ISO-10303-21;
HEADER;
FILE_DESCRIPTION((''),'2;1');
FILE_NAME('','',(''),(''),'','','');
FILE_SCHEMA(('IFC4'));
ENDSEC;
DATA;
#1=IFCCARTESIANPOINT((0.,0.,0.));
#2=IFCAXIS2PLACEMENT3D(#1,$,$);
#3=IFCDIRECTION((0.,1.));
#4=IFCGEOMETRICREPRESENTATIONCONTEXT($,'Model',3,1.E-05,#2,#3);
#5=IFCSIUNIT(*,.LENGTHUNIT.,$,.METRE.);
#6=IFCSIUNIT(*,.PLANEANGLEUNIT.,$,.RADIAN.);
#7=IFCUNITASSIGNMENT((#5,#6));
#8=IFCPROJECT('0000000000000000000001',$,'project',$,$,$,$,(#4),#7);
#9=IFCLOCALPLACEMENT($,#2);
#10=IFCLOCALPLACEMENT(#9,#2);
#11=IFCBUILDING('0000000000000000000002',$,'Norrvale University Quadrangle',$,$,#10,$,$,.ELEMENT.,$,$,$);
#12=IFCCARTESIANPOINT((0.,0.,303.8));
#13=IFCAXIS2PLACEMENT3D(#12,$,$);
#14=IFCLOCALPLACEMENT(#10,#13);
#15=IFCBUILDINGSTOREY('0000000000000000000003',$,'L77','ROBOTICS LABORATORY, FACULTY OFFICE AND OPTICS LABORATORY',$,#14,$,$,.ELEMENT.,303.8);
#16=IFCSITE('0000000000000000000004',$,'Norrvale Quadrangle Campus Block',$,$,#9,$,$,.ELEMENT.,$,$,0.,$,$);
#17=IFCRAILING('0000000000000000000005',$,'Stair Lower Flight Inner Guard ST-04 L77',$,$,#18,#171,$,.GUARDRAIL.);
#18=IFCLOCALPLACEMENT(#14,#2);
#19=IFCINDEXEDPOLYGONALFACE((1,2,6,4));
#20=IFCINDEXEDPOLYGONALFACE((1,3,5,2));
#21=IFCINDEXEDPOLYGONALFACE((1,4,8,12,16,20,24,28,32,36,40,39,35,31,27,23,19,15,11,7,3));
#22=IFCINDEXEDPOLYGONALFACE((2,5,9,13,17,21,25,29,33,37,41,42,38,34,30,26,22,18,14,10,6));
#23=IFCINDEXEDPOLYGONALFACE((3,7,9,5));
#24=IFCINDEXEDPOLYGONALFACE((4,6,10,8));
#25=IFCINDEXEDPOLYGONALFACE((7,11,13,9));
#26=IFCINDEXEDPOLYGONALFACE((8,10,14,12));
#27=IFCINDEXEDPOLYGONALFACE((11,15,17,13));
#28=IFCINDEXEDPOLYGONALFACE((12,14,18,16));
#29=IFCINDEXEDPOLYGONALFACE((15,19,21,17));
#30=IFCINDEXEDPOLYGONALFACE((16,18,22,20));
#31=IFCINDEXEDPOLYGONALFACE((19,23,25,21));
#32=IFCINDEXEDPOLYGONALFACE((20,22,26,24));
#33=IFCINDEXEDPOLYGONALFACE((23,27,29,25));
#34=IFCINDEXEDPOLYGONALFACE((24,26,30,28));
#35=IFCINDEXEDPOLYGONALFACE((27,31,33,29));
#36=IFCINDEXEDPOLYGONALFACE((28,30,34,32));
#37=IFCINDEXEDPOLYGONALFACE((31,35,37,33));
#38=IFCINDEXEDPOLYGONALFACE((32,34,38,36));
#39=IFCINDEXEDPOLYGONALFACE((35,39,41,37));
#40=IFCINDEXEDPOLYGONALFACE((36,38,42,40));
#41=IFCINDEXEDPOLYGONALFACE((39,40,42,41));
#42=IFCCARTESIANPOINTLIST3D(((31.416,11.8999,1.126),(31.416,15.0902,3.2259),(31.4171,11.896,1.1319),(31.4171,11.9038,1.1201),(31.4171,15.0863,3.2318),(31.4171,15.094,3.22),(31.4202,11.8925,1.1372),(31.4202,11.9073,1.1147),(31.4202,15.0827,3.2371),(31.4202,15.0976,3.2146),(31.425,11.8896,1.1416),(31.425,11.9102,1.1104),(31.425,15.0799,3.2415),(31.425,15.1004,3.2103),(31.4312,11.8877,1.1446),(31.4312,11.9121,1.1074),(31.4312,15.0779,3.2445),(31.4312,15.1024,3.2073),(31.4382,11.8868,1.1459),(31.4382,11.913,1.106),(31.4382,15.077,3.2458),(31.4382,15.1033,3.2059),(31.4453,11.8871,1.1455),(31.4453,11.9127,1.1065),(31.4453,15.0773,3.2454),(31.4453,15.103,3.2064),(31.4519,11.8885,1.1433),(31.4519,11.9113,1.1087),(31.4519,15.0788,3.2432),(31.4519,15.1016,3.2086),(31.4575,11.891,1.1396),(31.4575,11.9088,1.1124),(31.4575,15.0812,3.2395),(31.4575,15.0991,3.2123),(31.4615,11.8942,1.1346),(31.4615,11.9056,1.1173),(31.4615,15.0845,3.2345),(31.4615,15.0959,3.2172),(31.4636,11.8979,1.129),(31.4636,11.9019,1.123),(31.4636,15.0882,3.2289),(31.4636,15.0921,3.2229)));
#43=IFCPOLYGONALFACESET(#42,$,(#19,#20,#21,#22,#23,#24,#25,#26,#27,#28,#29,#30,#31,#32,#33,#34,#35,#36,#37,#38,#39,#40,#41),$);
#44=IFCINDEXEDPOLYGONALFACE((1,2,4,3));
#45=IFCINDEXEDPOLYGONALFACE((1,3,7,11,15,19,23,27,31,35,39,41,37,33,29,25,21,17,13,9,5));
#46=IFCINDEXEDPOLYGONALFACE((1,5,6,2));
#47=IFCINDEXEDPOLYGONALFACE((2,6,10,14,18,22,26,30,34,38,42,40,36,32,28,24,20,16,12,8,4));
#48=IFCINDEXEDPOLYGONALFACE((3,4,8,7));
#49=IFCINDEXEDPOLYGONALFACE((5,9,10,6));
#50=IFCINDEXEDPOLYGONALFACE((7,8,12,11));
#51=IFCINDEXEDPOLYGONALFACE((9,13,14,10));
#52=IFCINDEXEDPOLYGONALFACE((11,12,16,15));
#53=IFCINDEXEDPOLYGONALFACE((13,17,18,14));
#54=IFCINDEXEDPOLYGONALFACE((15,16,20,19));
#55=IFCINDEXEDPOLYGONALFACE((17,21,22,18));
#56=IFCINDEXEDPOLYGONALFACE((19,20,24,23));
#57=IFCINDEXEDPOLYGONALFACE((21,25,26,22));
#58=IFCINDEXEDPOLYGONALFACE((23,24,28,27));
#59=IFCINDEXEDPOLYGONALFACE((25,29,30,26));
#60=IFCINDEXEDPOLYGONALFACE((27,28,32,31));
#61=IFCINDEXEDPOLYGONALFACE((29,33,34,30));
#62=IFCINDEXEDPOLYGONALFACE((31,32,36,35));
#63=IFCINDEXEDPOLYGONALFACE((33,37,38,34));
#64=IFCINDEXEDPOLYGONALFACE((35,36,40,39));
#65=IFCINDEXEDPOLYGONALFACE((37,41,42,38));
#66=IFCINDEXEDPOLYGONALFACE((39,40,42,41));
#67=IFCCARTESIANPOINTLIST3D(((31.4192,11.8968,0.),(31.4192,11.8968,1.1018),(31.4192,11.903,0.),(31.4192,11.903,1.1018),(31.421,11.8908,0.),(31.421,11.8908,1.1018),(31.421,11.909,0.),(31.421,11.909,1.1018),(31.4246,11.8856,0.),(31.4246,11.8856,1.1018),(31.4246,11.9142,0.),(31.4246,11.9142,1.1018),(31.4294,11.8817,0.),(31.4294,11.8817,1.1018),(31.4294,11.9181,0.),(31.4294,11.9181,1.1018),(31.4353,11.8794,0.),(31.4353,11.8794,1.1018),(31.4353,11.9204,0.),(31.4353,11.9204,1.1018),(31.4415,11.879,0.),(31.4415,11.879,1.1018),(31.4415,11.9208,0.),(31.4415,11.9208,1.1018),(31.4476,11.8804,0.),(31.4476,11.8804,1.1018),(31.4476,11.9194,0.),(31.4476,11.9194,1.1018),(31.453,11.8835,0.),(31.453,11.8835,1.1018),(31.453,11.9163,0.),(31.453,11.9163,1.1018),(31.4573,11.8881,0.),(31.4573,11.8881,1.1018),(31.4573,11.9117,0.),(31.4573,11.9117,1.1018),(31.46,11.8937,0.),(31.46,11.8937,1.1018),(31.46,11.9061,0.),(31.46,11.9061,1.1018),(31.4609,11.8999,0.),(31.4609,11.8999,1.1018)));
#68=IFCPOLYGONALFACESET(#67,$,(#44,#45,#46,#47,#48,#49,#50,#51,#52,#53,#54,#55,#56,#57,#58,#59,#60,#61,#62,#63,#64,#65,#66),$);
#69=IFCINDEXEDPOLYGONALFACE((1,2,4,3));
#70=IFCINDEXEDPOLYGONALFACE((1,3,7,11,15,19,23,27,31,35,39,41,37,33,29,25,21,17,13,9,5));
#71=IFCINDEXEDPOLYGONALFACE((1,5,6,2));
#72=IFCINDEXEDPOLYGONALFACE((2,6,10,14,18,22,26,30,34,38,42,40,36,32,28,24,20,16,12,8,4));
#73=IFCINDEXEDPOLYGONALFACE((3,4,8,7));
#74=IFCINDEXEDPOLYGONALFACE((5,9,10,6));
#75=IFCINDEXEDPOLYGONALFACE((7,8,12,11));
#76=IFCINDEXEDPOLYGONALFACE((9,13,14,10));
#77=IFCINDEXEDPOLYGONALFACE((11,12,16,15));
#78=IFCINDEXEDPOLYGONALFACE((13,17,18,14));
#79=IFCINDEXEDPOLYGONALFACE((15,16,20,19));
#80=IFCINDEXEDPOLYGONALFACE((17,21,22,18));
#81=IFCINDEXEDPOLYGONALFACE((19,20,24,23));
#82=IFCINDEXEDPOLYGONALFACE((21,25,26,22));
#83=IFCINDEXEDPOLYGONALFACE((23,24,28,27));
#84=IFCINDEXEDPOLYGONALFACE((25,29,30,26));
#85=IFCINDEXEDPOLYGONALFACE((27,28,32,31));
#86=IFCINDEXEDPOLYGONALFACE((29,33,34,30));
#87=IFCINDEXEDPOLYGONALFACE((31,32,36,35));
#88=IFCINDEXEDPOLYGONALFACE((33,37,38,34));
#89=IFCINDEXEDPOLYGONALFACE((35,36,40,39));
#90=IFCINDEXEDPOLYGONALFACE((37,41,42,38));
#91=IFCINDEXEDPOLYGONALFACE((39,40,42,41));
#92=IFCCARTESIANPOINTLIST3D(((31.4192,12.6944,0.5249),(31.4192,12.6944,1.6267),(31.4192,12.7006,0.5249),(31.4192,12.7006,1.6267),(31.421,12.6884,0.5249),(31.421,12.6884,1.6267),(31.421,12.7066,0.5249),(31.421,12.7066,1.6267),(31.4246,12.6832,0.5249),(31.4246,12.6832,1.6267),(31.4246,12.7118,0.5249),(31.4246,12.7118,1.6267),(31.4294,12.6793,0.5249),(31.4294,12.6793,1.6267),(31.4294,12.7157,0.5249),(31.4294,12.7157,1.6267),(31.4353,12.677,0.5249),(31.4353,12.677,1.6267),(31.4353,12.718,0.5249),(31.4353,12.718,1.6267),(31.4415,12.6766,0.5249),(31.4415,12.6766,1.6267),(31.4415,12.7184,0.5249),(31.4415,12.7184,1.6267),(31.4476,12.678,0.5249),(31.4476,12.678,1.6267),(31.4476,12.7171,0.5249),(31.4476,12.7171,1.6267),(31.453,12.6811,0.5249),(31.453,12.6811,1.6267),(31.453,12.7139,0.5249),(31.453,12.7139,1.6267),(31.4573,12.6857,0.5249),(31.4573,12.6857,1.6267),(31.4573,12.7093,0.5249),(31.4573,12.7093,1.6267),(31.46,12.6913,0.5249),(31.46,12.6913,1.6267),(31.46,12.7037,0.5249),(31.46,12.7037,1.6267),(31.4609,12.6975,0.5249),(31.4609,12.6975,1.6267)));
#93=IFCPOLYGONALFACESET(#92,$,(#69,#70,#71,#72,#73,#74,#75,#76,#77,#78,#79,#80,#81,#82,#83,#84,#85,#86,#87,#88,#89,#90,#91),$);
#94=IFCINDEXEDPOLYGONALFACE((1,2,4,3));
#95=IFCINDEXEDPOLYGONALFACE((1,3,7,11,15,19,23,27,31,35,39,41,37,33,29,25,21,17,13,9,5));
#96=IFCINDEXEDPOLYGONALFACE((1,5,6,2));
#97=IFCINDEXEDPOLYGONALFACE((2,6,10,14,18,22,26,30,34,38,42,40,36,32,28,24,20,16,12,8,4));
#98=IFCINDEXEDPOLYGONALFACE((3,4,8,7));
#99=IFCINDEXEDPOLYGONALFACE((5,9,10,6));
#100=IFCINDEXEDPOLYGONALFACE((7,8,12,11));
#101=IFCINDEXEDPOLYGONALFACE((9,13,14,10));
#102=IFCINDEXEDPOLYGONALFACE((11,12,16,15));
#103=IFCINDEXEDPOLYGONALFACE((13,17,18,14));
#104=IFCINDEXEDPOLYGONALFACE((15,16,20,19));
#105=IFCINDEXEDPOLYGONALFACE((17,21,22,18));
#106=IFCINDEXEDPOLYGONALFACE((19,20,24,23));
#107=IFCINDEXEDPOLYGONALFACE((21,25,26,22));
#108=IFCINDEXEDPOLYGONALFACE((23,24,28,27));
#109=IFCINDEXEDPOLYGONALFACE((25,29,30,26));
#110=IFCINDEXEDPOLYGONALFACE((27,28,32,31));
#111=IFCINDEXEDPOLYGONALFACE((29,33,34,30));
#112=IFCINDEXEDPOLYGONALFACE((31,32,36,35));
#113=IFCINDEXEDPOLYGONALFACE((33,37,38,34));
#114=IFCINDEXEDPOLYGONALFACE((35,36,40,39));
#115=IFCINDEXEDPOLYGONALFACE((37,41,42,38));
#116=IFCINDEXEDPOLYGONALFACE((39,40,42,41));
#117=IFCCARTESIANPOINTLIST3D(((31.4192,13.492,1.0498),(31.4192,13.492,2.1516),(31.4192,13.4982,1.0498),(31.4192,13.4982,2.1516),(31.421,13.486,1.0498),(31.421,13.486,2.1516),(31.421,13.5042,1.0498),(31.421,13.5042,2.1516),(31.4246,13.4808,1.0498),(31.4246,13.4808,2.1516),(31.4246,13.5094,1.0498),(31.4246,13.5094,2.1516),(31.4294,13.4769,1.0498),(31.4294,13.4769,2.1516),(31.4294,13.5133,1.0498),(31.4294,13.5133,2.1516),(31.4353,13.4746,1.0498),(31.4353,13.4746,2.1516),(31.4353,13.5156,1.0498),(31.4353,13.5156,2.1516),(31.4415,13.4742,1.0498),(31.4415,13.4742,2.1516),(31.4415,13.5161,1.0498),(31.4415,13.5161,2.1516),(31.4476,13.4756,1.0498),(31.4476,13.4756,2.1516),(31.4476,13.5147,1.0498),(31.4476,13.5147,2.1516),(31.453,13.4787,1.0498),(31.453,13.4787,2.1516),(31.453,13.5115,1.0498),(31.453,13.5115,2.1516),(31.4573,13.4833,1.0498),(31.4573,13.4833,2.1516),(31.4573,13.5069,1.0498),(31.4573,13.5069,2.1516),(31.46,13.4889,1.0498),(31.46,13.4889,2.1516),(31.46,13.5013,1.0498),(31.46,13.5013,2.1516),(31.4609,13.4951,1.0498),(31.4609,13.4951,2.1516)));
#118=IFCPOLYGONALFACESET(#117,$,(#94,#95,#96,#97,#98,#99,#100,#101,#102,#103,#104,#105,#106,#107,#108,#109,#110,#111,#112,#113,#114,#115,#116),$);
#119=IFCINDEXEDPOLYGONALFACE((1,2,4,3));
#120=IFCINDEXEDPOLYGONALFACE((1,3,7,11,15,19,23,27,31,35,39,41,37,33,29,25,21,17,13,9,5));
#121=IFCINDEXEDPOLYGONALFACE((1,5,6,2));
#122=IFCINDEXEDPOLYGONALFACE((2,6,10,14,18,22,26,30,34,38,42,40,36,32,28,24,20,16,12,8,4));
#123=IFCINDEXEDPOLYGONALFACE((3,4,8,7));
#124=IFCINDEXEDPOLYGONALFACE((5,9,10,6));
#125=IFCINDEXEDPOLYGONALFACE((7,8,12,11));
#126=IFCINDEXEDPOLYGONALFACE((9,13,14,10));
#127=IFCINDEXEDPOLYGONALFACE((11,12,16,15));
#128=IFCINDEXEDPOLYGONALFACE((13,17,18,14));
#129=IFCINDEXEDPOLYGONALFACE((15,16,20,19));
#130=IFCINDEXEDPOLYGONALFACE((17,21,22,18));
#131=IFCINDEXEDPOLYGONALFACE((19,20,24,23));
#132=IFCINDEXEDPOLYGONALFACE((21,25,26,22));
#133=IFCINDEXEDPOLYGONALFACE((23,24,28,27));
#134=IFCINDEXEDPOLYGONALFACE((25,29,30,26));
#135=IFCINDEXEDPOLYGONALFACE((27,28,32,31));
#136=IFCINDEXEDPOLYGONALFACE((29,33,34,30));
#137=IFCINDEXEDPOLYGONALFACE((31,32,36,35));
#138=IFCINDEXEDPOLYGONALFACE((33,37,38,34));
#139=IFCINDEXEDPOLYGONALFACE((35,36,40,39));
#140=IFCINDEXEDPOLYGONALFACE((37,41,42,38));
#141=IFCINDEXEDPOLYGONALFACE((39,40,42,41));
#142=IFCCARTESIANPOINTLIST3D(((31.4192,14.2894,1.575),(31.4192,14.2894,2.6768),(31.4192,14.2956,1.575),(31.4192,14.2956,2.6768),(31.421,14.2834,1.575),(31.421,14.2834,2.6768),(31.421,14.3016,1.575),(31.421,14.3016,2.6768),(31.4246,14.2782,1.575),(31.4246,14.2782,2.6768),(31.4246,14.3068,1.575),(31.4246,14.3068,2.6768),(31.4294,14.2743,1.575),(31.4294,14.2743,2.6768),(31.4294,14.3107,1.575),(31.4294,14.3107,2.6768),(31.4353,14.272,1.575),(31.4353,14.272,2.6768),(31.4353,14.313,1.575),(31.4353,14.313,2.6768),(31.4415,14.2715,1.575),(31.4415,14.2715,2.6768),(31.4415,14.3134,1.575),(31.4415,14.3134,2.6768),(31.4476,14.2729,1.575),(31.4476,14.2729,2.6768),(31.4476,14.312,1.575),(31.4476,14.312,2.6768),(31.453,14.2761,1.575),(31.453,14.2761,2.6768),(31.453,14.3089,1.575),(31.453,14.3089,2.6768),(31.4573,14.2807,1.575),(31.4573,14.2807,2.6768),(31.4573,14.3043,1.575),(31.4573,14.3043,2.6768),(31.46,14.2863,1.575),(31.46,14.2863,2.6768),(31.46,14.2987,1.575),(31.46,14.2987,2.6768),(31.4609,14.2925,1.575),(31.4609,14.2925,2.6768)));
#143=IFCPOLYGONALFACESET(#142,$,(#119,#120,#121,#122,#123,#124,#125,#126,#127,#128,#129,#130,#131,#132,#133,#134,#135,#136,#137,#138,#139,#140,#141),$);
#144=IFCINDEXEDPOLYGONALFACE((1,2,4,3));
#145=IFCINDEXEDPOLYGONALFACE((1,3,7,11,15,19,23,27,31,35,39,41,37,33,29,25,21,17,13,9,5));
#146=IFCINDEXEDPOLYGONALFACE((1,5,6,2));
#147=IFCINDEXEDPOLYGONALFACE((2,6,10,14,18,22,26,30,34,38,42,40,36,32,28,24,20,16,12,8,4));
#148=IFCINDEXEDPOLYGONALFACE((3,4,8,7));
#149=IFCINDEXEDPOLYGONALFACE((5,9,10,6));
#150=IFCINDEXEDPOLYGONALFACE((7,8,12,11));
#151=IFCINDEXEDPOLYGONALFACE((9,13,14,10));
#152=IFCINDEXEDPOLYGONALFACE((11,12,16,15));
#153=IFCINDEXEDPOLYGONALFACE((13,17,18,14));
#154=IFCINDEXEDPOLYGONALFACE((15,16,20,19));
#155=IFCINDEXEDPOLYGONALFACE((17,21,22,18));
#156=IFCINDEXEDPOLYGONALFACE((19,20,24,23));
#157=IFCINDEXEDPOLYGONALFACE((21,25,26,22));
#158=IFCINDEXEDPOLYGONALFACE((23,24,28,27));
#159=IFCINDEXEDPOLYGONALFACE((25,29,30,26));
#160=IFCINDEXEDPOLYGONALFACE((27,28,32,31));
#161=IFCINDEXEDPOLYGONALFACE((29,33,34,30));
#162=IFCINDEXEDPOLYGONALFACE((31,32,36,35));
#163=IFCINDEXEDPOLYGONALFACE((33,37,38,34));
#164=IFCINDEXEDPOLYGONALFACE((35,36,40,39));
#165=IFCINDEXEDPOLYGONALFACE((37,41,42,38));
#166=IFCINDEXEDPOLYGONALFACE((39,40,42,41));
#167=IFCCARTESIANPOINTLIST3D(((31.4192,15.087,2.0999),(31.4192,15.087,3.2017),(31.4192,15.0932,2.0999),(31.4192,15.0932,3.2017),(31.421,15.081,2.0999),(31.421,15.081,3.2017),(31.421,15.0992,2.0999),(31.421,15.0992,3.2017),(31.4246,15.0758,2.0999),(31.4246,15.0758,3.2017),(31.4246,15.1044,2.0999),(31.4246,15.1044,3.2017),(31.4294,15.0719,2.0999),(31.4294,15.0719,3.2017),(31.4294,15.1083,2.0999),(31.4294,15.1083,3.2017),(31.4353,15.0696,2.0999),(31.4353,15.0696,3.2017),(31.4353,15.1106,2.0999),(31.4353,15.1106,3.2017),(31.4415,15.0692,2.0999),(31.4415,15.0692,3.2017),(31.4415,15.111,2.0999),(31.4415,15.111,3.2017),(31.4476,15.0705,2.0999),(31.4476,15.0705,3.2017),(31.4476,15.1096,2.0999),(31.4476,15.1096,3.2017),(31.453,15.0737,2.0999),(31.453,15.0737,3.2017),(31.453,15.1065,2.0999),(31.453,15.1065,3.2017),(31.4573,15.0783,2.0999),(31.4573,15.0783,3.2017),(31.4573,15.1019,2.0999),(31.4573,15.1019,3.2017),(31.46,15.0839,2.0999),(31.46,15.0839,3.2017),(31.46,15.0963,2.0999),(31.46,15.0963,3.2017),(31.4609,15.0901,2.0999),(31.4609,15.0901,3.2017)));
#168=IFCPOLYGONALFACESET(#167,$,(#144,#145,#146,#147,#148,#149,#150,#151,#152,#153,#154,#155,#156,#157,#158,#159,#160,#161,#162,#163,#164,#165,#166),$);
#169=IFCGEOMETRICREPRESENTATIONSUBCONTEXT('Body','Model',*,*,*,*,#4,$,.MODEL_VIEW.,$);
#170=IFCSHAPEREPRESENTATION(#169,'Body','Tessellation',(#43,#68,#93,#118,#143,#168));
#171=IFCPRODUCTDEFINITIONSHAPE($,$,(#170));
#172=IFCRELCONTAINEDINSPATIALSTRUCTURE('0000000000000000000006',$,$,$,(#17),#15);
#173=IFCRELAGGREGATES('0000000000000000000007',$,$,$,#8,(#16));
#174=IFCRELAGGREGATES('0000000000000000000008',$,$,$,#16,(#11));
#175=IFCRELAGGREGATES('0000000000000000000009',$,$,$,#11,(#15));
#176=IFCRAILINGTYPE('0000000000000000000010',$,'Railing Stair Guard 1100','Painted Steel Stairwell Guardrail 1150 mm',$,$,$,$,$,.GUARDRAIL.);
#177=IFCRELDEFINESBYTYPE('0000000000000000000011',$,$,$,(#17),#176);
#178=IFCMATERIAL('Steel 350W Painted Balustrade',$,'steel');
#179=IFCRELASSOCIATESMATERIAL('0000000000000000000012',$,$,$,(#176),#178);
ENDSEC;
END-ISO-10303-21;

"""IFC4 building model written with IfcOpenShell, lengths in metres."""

from ifc_helpers import new_model, si_unit, direction, frame, origin, origin_2d, place, context, subcontext, project, spatial, circle, extrude, material, type_object, element, save


model = new_model("IFC4")

# Units and contexts
model_context = context("Model", 3, precision=1e-05, world=origin(), true_north=direction((0.0, 1.0)))
body_context = subcontext(model_context, "Body", "Model", "MODEL_VIEW")
ifc_project = project(units=[si_unit("LENGTHUNIT", "METRE"), si_unit("PLANEANGLEUNIT", "RADIAN")], contexts=[model_context])

# Site, building, storey
site_placement = place(None, origin())
site = spatial("IfcSite", under=ifc_project, at=site_placement, Name="Norrvale Quadrangle Campus Block", CompositionType="ELEMENT", RefElevation=0.0)
building_placement = place(site_placement, origin())
building = spatial("IfcBuilding", under=site, at=building_placement, Name="Norrvale University Quadrangle", CompositionType="ELEMENT")
storey_placement = place(building_placement, frame((0.0, 0.0, 303.8)))
storey = spatial("IfcBuildingStorey", under=building, at=storey_placement, Name="L77", Description="ROBOTICS LABORATORY, FACULTY OFFICE AND OPTICS LABORATORY", CompositionType="ELEMENT", Elevation=303.8)

# Railing
ifc_material_1 = material(Name="Steel 350W Painted Balustrade", Category="steel")
railing_type_1 = type_object("IfcRailingType", Name="Railing Stair Guard 1100", Description="Painted Steel Stairwell Guardrail 1150 mm", PredefinedType="GUARDRAIL", material=ifc_material_1)
railing_1_placement = place(storey_placement, frame((31.4399, 11.8999, 0.0)))
element("IfcRailing", 1, at=railing_1_placement, inside=storey, type_object=railing_type_1, Name="Stair Lower Flight Inner Guard ST-04 L77", PredefinedType="GUARDRAIL", context=body_context, shape_type="SweptSolid", body=[
    extrude(circle(Radius=0.0239, at=origin_2d()), frame((0.0, 0.0, 1.126), z_axis=(0.0, 0.835291, 0.549808), x_axis=(-1.0, 0.0, 0.0)), (0.0, 0.0, 1.0), 3.8193),
    extrude(circle(Radius=0.021, at=origin_2d()), origin(), (0.0, 0.0, 1.0), 1.1018),
    extrude(circle(Radius=0.021, at=origin_2d()), frame((0.0, 0.7976, 0.5249)), (0.0, 0.0, 1.0), 1.1018),
    extrude(circle(Radius=0.021, at=origin_2d()), frame((0.0, 1.5952, 1.0498)), (0.0, 0.0, 1.0), 1.1018),
    extrude(circle(Radius=0.021, at=origin_2d()), frame((0.0, 2.3926, 1.575)), (0.0, 0.0, 1.0), 1.1018),
    extrude(circle(Radius=0.021, at=origin_2d()), frame((0.0, 3.1902, 2.0999)), (0.0, 0.0, 1.0), 1.1018),
])

save(model, "model.ifc")
